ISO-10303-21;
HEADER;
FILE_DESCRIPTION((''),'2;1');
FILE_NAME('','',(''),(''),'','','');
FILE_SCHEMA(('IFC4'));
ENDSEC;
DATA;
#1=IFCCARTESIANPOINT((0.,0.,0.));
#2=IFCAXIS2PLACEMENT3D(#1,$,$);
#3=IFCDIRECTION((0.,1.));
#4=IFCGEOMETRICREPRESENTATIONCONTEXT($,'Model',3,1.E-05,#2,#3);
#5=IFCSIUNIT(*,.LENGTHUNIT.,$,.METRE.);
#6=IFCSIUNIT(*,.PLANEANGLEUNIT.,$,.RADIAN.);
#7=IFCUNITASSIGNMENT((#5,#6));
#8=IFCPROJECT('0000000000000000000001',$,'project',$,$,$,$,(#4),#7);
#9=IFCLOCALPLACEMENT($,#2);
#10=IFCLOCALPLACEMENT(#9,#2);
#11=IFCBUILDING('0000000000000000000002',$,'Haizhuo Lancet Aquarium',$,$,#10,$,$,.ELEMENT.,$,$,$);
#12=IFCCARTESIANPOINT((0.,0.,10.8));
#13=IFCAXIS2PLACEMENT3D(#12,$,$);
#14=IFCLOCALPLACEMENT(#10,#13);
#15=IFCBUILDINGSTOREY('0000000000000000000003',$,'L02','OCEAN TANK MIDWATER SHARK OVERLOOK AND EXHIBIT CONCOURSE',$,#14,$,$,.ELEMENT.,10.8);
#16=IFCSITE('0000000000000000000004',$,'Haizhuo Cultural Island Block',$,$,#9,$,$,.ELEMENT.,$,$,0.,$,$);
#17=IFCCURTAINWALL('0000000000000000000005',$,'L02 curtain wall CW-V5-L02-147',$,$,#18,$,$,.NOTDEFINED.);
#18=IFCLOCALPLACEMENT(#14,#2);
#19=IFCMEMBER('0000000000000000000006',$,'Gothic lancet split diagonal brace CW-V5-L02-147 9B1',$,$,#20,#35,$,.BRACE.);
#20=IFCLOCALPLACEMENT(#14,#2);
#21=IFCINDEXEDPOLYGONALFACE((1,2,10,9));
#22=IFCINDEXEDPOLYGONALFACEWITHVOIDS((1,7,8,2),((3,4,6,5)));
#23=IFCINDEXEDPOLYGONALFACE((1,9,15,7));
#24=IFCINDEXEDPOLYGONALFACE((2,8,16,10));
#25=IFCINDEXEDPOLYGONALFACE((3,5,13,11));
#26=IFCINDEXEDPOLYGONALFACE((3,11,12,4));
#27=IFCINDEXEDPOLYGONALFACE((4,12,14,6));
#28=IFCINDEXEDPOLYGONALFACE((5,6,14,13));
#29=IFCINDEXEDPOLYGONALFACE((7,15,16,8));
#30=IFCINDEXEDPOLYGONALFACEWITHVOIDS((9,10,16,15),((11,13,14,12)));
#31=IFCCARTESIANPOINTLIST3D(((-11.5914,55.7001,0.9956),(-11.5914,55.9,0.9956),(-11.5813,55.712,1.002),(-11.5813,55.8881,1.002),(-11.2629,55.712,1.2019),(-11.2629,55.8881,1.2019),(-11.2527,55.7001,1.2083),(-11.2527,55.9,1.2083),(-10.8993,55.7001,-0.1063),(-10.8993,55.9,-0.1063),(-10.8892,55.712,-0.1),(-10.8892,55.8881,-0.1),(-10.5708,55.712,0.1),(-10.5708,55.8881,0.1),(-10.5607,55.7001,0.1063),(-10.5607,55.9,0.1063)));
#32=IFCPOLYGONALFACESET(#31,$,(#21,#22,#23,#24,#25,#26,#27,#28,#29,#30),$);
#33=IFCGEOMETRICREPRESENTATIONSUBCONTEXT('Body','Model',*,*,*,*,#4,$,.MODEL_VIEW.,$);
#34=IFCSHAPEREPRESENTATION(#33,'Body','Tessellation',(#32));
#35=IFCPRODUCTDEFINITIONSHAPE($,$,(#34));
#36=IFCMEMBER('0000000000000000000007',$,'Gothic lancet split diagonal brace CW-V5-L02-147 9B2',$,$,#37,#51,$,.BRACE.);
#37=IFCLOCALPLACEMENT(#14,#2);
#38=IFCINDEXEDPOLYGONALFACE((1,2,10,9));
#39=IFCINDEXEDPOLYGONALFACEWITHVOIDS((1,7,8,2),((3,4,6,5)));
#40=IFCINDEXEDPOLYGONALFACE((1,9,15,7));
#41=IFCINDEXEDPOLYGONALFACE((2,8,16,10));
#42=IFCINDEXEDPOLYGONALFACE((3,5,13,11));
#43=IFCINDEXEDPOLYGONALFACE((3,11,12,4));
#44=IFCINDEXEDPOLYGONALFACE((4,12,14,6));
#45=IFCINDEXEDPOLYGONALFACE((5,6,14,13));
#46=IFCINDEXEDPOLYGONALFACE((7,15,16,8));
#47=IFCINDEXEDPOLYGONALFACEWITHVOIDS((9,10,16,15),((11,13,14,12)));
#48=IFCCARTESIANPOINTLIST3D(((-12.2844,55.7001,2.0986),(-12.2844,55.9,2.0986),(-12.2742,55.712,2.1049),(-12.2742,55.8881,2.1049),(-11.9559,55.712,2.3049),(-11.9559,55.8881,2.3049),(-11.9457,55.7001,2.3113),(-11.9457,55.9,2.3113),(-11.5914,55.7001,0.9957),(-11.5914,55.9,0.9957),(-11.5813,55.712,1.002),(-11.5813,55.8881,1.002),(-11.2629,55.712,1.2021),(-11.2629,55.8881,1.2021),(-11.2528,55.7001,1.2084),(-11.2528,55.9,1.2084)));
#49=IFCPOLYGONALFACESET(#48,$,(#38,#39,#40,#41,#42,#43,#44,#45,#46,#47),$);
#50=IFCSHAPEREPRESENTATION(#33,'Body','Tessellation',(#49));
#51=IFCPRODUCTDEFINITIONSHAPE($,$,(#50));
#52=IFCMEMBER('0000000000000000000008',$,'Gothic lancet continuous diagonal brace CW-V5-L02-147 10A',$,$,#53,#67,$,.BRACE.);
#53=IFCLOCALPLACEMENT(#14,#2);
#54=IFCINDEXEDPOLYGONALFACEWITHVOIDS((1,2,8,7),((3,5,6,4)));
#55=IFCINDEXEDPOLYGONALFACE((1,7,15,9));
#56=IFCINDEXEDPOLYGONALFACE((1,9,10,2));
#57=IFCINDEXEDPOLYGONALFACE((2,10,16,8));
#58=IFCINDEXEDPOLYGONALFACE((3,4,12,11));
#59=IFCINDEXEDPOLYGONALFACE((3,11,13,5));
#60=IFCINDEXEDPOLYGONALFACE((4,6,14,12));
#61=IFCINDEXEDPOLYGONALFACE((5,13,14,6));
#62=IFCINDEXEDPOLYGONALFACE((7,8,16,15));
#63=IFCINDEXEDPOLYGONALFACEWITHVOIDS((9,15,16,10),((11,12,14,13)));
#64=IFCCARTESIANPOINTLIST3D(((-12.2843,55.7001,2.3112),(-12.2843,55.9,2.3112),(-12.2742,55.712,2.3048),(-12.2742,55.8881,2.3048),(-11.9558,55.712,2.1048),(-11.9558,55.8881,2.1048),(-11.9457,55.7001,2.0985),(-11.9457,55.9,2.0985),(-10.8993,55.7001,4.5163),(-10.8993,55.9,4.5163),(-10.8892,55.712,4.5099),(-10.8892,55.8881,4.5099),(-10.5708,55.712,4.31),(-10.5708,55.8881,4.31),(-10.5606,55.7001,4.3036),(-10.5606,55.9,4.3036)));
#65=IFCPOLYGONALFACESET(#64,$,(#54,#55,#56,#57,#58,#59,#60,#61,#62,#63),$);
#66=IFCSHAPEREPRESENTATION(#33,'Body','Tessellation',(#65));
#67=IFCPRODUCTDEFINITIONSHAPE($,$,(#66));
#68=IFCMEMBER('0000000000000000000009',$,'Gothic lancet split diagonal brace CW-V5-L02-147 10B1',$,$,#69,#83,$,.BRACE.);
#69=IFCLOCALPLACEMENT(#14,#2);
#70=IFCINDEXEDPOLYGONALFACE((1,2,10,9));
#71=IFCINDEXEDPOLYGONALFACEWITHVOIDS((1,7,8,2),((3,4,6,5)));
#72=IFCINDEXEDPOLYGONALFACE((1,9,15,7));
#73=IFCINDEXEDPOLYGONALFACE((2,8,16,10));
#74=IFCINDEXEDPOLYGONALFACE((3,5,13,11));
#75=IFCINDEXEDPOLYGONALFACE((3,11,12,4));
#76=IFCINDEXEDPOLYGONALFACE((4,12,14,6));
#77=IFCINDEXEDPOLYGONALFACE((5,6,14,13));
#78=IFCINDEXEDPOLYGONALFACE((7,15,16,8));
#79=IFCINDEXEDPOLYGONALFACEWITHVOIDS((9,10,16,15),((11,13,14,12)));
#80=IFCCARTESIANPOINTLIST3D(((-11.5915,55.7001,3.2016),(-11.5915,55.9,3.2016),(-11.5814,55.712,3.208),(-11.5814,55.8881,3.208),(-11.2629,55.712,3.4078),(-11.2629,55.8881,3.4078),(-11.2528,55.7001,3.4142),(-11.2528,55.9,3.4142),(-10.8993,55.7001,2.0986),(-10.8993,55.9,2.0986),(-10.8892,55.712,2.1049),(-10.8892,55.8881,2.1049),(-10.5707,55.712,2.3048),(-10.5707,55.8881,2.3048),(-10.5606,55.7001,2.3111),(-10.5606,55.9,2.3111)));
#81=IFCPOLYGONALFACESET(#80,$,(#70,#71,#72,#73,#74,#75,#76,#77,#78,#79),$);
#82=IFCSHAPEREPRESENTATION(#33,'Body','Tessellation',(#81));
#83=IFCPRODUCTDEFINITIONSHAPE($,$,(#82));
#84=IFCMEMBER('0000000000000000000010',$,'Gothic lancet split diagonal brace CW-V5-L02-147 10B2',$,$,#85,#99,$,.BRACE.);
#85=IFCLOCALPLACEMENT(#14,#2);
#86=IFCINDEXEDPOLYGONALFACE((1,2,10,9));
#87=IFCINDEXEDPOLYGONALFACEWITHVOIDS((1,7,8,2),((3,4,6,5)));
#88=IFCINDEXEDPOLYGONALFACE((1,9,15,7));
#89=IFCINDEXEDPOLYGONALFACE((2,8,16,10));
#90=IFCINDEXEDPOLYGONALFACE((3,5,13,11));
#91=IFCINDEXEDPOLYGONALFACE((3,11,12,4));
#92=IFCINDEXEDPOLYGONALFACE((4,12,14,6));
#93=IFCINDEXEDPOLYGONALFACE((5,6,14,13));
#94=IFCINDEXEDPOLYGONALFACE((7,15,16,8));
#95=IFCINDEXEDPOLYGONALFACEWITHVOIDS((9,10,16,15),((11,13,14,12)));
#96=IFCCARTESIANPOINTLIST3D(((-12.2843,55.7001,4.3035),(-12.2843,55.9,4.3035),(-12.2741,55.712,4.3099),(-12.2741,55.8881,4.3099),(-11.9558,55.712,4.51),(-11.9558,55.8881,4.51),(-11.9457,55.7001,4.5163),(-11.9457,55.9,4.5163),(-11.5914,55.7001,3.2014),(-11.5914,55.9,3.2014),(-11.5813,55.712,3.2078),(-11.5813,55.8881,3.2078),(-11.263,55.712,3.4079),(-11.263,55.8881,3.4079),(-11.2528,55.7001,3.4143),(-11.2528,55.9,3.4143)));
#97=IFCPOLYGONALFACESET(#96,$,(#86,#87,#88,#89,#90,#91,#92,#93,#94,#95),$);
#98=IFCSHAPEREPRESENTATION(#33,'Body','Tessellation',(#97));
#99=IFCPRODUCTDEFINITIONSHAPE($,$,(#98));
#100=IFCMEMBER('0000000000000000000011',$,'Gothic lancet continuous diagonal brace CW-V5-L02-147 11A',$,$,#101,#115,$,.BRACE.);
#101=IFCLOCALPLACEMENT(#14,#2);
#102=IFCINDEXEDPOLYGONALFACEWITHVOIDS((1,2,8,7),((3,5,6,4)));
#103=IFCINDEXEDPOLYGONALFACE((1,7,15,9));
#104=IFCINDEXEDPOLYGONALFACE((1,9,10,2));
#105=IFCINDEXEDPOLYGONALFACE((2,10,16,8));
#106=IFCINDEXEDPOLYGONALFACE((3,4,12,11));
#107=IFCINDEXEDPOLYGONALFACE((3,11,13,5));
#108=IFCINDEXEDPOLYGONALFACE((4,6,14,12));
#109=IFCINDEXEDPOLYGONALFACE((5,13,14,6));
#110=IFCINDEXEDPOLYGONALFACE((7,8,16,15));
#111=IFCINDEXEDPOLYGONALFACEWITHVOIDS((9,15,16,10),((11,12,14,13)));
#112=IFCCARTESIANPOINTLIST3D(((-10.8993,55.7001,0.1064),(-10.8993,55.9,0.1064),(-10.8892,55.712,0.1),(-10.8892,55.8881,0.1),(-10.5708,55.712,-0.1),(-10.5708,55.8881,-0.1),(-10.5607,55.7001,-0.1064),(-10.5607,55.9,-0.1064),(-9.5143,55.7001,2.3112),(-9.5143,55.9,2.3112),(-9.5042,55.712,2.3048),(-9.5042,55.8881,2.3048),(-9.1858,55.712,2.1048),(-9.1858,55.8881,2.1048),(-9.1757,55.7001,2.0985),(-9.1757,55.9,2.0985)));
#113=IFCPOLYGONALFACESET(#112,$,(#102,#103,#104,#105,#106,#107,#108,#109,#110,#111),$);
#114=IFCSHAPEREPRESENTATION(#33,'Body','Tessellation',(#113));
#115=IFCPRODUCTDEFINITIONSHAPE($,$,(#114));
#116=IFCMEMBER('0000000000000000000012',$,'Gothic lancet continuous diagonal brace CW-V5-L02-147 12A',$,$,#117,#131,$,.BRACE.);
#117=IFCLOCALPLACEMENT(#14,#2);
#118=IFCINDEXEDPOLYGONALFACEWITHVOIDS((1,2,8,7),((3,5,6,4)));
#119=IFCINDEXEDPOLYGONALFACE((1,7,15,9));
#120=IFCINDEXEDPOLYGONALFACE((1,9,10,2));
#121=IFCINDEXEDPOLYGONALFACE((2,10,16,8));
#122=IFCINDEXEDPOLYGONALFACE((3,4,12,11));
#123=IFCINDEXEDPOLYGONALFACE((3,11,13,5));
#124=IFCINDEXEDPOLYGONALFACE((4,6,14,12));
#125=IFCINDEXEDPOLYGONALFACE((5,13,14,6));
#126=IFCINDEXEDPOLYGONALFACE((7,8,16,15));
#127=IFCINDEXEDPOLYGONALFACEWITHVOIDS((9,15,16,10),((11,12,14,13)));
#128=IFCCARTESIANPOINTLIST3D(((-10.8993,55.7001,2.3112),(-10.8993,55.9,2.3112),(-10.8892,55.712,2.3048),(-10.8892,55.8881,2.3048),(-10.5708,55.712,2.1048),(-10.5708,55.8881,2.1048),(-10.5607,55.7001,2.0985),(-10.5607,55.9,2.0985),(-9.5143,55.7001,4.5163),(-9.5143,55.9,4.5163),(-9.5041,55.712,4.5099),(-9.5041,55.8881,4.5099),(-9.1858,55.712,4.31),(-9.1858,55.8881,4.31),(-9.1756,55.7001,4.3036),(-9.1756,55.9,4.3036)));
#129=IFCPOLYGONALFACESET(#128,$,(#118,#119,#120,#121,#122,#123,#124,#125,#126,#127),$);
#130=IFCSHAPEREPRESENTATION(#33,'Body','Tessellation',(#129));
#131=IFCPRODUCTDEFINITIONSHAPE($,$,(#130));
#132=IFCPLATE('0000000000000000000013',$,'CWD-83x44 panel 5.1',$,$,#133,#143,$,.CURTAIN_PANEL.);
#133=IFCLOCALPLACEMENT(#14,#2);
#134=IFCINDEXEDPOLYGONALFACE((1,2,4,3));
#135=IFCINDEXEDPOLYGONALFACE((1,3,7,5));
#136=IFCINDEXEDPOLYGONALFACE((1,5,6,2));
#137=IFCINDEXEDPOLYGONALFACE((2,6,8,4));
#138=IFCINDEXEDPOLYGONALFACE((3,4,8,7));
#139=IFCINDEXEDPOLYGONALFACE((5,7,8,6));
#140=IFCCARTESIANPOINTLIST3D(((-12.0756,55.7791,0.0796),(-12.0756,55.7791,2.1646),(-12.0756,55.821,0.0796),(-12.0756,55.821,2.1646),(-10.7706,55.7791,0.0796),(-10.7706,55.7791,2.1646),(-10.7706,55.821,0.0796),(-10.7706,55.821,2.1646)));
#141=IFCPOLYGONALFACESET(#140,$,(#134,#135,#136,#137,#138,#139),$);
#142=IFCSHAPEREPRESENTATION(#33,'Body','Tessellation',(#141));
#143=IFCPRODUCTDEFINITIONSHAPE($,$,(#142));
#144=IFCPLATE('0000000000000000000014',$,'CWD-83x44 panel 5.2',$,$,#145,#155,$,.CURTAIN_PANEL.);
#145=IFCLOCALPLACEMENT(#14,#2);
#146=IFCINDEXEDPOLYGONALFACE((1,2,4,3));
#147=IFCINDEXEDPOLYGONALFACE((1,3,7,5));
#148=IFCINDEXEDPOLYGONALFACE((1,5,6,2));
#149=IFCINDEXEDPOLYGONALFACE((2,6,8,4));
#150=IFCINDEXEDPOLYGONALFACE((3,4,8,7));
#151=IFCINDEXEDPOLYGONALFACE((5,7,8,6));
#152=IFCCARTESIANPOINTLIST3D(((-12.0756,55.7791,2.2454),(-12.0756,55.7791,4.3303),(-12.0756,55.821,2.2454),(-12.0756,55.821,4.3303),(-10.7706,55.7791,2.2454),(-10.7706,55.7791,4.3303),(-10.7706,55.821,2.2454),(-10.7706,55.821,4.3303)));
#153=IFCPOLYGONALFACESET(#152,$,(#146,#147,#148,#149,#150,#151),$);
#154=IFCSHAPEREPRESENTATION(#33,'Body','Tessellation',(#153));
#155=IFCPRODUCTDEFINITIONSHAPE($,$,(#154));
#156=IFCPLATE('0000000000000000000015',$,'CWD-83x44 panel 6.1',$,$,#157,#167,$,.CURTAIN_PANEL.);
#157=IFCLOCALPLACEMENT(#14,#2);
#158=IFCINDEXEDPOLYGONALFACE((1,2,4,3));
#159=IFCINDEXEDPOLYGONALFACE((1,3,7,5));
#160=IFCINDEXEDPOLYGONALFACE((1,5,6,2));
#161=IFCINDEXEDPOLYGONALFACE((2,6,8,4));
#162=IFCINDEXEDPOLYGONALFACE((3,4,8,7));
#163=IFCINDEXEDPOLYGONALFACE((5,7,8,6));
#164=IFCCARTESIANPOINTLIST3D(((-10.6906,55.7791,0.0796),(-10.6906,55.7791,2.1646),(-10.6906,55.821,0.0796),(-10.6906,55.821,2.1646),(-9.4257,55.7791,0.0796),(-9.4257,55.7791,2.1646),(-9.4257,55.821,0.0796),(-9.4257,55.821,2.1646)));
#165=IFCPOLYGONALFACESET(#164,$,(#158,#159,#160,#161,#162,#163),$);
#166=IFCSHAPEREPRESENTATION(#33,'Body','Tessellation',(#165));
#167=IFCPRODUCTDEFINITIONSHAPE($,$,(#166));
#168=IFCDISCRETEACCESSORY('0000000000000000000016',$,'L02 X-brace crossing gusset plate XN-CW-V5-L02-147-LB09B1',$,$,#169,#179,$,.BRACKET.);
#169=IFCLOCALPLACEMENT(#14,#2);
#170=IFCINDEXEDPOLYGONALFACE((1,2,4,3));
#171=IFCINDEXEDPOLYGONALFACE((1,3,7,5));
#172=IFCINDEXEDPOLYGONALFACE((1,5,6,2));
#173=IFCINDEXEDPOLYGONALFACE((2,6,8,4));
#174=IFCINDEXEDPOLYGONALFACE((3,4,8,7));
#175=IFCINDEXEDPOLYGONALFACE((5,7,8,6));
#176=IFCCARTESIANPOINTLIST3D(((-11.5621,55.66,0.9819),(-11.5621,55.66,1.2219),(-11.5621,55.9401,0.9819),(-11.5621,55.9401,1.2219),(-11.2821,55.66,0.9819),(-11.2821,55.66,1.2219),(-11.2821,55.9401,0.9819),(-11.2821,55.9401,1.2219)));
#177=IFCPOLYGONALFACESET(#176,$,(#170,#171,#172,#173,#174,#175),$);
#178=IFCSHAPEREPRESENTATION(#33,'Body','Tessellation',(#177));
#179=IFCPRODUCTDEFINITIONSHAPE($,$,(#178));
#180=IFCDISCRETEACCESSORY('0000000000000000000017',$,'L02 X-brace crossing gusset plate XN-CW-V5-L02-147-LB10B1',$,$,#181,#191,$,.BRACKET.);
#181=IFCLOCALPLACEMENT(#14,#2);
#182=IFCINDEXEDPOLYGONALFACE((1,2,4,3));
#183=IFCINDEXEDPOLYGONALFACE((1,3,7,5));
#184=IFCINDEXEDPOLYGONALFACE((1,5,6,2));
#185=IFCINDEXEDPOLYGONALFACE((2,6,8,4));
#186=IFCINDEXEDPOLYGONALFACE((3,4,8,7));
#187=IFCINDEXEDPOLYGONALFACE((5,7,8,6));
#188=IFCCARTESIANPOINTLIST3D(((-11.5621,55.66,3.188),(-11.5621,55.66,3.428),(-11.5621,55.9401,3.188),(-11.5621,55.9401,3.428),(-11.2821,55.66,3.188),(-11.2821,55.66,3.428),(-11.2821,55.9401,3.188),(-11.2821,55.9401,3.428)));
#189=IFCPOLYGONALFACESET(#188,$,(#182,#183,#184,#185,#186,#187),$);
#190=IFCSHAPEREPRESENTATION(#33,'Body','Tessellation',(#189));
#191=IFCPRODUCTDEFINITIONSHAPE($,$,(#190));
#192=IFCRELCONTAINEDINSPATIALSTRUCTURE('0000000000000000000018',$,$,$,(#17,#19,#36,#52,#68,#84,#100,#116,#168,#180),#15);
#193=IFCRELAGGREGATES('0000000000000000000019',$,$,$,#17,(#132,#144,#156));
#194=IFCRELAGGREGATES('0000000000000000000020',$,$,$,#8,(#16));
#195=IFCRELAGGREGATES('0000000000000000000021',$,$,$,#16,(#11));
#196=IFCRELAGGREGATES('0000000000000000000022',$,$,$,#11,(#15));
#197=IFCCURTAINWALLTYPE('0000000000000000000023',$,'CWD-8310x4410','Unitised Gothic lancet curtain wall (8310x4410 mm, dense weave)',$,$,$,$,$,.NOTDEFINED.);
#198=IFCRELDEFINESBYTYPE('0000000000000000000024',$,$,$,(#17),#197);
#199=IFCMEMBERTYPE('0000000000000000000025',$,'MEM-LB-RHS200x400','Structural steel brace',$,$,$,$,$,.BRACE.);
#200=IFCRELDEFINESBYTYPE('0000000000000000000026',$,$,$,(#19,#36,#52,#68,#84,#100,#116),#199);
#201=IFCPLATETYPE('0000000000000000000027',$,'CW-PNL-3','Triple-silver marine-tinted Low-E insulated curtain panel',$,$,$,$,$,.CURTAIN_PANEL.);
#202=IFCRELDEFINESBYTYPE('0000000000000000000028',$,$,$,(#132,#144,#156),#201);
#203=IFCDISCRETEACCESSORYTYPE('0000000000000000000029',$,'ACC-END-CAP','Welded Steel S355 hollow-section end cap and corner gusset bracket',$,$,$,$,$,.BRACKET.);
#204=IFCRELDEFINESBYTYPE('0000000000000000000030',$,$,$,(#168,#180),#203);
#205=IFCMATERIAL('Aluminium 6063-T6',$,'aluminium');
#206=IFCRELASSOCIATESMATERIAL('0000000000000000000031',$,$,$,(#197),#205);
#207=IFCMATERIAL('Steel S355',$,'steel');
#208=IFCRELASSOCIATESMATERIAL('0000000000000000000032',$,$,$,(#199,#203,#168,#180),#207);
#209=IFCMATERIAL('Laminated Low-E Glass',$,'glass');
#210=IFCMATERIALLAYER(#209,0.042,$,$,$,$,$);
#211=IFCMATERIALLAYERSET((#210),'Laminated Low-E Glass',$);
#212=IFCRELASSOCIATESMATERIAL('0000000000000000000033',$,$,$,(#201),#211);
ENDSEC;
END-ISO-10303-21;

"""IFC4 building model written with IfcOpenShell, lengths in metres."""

from ifc_helpers import new_model, si_unit, direction, frame, origin, origin_2d, place, context, subcontext, project, spatial, rectangle, hollow_rectangle, extrude, material, layer, layer_set, material_profile, profile_set, type_object, element, aggregate, save


model = new_model("IFC4")

# Units and contexts
model_context = context("Model", 3, precision=1e-05, world=origin(), true_north=direction((0.0, 1.0)))
body_context = subcontext(model_context, "Body", "Model", "MODEL_VIEW")
ifc_project = project(units=[si_unit("LENGTHUNIT", "METRE"), si_unit("PLANEANGLEUNIT", "RADIAN")], contexts=[model_context])

# Site, building, storey
site_placement = place(None, origin())
site = spatial("IfcSite", under=ifc_project, at=site_placement, Name="Haizhuo Cultural Island Block", CompositionType="ELEMENT", RefElevation=0.0)
building_placement = place(site_placement, origin())
building = spatial("IfcBuilding", under=site, at=building_placement, Name="Haizhuo Lancet Aquarium", CompositionType="ELEMENT")
storey_placement = place(building_placement, frame((0.0, 0.0, 10.8)))
storey = spatial("IfcBuildingStorey", under=building, at=storey_placement, Name="L02", Description="OCEAN TANK MIDWATER SHARK OVERLOOK AND EXHIBIT CONCOURSE", CompositionType="ELEMENT", Elevation=10.8)

# Curtain wall
ifc_material_1 = material(Name="Aluminium 6063-T6", Category="aluminium")
curtain_wall_type = type_object("IfcCurtainWallType", Name="CWD-8310x4410", Description="Unitised Gothic lancet curtain wall (8310x4410 mm, dense weave)", PredefinedType="NOTDEFINED", material=ifc_material_1)
curtain_wall_placement = place(storey_placement, origin())
curtain_wall = element("IfcCurtainWall", 1, at=curtain_wall_placement, inside=storey, type_object=curtain_wall_type, Name="L02 curtain wall CW-V5-L02-147", PredefinedType="NOTDEFINED")

# Members
ifc_material_2 = material(Name="Steel S355", Category="steel")
ifc_material_profile_1 = material_profile(ifc_material_2, hollow_rectangle(XDim=0.2, YDim=0.3999, WallThickness=0.012, at=origin_2d()), Name="RHS 200x400x12")
ifc_profile_set_1 = profile_set([ifc_material_profile_1], Name="Steel S355")
member_type_1 = type_object("IfcMemberType", Name="MEM-LB-RHS200x400", Description="Structural steel brace", PredefinedType="BRACE", material=ifc_profile_set_1)
member_1_placement = place(storey_placement, frame((-10.73, 55.8, 0.0), z_axis=(-0.531853, 0.0, 0.846837), x_axis=(0.0, -1.0, 0.0)))
element("IfcMember", 2, at=member_1_placement, inside=storey, type_object=member_type_1, Name="Gothic lancet split diagonal brace CW-V5-L02-147 9B1", PredefinedType="BRACE", context=body_context, shape_type="SweptSolid", body=[
    extrude(hollow_rectangle(XDim=0.2, YDim=0.3999, WallThickness=0.012, at=origin_2d()), origin(), (0.0, 0.0, 1.0), 1.3013),
])
member_2_placement = place(storey_placement, frame((-11.4221, 55.8, 1.1021), z_axis=(-0.532003, 0.0, 0.846743), x_axis=(0.0, -1.0, 0.0)))
element("IfcMember", 3, at=member_2_placement, inside=storey, type_object=member_type_1, Name="Gothic lancet split diagonal brace CW-V5-L02-147 9B2", PredefinedType="BRACE", context=body_context, shape_type="SweptSolid", body=[
    extrude(hollow_rectangle(XDim=0.2, YDim=0.3999, WallThickness=0.012, at=origin_2d()), origin(), (0.0, 0.0, 1.0), 1.3025),
])
member_3_placement = place(storey_placement, frame((-12.115, 55.8, 2.2048), z_axis=(0.531885, 0.0, 0.846816), x_axis=(0.0, 1.0, 0.0)))
element("IfcMember", 4, at=member_3_placement, inside=storey, type_object=member_type_1, Name="Gothic lancet continuous diagonal brace CW-V5-L02-147 10A", PredefinedType="BRACE", context=body_context, shape_type="SweptSolid", body=[
    extrude(hollow_rectangle(XDim=0.2, YDim=0.3999, WallThickness=0.012, at=origin_2d()), origin(), (0.0, 0.0, 1.0), 2.604),
])
member_4_placement = place(storey_placement, frame((-10.73, 55.8, 2.2048), z_axis=(-0.531515, 0.0, 0.847049), x_axis=(0.0, -1.0, 0.0)))
element("IfcMember", 5, at=member_4_placement, inside=storey, type_object=member_type_1, Name="Gothic lancet split diagonal brace CW-V5-L02-147 10B1", PredefinedType="BRACE", context=body_context, shape_type="SweptSolid", body=[
    extrude(hollow_rectangle(XDim=0.2, YDim=0.3999, WallThickness=0.012, at=origin_2d()), origin(), (0.0, 0.0, 1.0), 1.3022),
])
member_5_placement = place(storey_placement, frame((-11.4221, 55.8, 3.3079), z_axis=(-0.532256, 0.0, 0.846583), x_axis=(0.0, -1.0, 0.0)))
element("IfcMember", 6, at=member_5_placement, inside=storey, type_object=member_type_1, Name="Gothic lancet split diagonal brace CW-V5-L02-147 10B2", PredefinedType="BRACE", context=body_context, shape_type="SweptSolid", body=[
    extrude(hollow_rectangle(XDim=0.2, YDim=0.3999, WallThickness=0.012, at=origin_2d()), origin(), (0.0, 0.0, 1.0), 1.3018),
])
member_6_placement = place(storey_placement, frame((-10.73, 55.8, 0.0), z_axis=(0.531928, 0.0, 0.84679), x_axis=(0.0, 1.0, 0.0)))
element("IfcMember", 7, at=member_6_placement, inside=storey, type_object=member_type_1, Name="Gothic lancet continuous diagonal brace CW-V5-L02-147 11A", PredefinedType="BRACE", context=body_context, shape_type="SweptSolid", body=[
    extrude(hollow_rectangle(XDim=0.2, YDim=0.3999, WallThickness=0.012, at=origin_2d()), origin(), (0.0, 0.0, 1.0), 2.6038),
])
member_7_placement = place(storey_placement, frame((-10.73, 55.8, 2.2048), z_axis=(0.531885, 0.0, 0.846816), x_axis=(0.0, 1.0, 0.0)))
element("IfcMember", 8, at=member_7_placement, inside=storey, type_object=member_type_1, Name="Gothic lancet continuous diagonal brace CW-V5-L02-147 12A", PredefinedType="BRACE", context=body_context, shape_type="SweptSolid", body=[
    extrude(hollow_rectangle(XDim=0.2, YDim=0.3999, WallThickness=0.012, at=origin_2d()), origin(), (0.0, 0.0, 1.0), 2.604),
])

# Plates
ifc_material_3 = material(Name="Laminated Low-E Glass", Category="glass")
ifc_layer = layer(ifc_material_3, 0.042)
ifc_layer_set = layer_set([ifc_layer], Name="Laminated Low-E Glass")
plate_type = type_object("IfcPlateType", Name="CW-PNL-3", Description="Triple-silver marine-tinted Low-E insulated curtain panel", PredefinedType="CURTAIN_PANEL", material=ifc_layer_set)
plate_1_placement = place(storey_placement, frame((-11.4231, 55.8, 0.0796), z_axis=(0.0, 0.0, 1.0), x_axis=(1.0, 0.0, 0.0)))
plate_1 = element("IfcPlate", 9, at=plate_1_placement, type_object=plate_type, Name="CWD-83x44 panel 5.1", PredefinedType="CURTAIN_PANEL", context=body_context, shape_type="SweptSolid", body=[
    extrude(rectangle(XDim=1.3049, YDim=0.042, at=origin_2d()), origin(), (0.0, 0.0, 1.0), 2.085),
])
plate_2_placement = place(storey_placement, frame((-11.4231, 55.8, 2.2454), z_axis=(0.0, 0.0, 1.0), x_axis=(1.0, 0.0, 0.0)))
plate_2 = element("IfcPlate", 10, at=plate_2_placement, type_object=plate_type, Name="CWD-83x44 panel 5.2", PredefinedType="CURTAIN_PANEL", context=body_context, shape_type="SweptSolid", body=[
    extrude(rectangle(XDim=1.3049, YDim=0.042, at=origin_2d()), origin(), (0.0, 0.0, 1.0), 2.085),
])
plate_3_placement = place(storey_placement, frame((-10.0581, 55.8, 0.0796), z_axis=(0.0, 0.0, 1.0), x_axis=(1.0, 0.0, 0.0)))
plate_3 = element("IfcPlate", 11, at=plate_3_placement, type_object=plate_type, Name="CWD-83x44 panel 6.1", PredefinedType="CURTAIN_PANEL", context=body_context, shape_type="SweptSolid", body=[
    extrude(rectangle(XDim=1.2649, YDim=0.042, at=origin_2d()), origin(), (0.0, 0.0, 1.0), 2.085),
])
aggregate(curtain_wall, [plate_1, plate_2, plate_3])

# Discrete accessories
discrete_accessory_type = type_object("IfcDiscreteAccessoryType", Name="ACC-END-CAP", Description="Welded Steel S355 hollow-section end cap and corner gusset bracket", PredefinedType="BRACKET", material=ifc_material_2)
for number, where, z_axis, x_axis, name in (
    (12, (-11.4221, 55.8, 0.9819), (0.0, 0.0, 1.0), (1.0, 0.0, 0.0), "L02 X-brace crossing gusset plate XN-CW-V5-L02-147-LB09B1"),
    (13, (-11.4221, 55.8, 3.188), (0.0, 0.0, 1.0), (1.0, 0.0, 0.0), "L02 X-brace crossing gusset plate XN-CW-V5-L02-147-LB10B1"),
):
    element("IfcDiscreteAccessory", number, at=place(storey_placement, frame(where, z_axis=z_axis, x_axis=x_axis)), inside=storey, type_object=discrete_accessory_type, material=ifc_material_2, Name=name, PredefinedType="BRACKET", context=body_context, shape_type="SweptSolid", body=[
        extrude(rectangle(XDim=0.28, YDim=0.28, at=origin_2d()), origin(), (0.0, 0.0, 1.0), 0.24),
    ])

save(model, "model.ifc")
